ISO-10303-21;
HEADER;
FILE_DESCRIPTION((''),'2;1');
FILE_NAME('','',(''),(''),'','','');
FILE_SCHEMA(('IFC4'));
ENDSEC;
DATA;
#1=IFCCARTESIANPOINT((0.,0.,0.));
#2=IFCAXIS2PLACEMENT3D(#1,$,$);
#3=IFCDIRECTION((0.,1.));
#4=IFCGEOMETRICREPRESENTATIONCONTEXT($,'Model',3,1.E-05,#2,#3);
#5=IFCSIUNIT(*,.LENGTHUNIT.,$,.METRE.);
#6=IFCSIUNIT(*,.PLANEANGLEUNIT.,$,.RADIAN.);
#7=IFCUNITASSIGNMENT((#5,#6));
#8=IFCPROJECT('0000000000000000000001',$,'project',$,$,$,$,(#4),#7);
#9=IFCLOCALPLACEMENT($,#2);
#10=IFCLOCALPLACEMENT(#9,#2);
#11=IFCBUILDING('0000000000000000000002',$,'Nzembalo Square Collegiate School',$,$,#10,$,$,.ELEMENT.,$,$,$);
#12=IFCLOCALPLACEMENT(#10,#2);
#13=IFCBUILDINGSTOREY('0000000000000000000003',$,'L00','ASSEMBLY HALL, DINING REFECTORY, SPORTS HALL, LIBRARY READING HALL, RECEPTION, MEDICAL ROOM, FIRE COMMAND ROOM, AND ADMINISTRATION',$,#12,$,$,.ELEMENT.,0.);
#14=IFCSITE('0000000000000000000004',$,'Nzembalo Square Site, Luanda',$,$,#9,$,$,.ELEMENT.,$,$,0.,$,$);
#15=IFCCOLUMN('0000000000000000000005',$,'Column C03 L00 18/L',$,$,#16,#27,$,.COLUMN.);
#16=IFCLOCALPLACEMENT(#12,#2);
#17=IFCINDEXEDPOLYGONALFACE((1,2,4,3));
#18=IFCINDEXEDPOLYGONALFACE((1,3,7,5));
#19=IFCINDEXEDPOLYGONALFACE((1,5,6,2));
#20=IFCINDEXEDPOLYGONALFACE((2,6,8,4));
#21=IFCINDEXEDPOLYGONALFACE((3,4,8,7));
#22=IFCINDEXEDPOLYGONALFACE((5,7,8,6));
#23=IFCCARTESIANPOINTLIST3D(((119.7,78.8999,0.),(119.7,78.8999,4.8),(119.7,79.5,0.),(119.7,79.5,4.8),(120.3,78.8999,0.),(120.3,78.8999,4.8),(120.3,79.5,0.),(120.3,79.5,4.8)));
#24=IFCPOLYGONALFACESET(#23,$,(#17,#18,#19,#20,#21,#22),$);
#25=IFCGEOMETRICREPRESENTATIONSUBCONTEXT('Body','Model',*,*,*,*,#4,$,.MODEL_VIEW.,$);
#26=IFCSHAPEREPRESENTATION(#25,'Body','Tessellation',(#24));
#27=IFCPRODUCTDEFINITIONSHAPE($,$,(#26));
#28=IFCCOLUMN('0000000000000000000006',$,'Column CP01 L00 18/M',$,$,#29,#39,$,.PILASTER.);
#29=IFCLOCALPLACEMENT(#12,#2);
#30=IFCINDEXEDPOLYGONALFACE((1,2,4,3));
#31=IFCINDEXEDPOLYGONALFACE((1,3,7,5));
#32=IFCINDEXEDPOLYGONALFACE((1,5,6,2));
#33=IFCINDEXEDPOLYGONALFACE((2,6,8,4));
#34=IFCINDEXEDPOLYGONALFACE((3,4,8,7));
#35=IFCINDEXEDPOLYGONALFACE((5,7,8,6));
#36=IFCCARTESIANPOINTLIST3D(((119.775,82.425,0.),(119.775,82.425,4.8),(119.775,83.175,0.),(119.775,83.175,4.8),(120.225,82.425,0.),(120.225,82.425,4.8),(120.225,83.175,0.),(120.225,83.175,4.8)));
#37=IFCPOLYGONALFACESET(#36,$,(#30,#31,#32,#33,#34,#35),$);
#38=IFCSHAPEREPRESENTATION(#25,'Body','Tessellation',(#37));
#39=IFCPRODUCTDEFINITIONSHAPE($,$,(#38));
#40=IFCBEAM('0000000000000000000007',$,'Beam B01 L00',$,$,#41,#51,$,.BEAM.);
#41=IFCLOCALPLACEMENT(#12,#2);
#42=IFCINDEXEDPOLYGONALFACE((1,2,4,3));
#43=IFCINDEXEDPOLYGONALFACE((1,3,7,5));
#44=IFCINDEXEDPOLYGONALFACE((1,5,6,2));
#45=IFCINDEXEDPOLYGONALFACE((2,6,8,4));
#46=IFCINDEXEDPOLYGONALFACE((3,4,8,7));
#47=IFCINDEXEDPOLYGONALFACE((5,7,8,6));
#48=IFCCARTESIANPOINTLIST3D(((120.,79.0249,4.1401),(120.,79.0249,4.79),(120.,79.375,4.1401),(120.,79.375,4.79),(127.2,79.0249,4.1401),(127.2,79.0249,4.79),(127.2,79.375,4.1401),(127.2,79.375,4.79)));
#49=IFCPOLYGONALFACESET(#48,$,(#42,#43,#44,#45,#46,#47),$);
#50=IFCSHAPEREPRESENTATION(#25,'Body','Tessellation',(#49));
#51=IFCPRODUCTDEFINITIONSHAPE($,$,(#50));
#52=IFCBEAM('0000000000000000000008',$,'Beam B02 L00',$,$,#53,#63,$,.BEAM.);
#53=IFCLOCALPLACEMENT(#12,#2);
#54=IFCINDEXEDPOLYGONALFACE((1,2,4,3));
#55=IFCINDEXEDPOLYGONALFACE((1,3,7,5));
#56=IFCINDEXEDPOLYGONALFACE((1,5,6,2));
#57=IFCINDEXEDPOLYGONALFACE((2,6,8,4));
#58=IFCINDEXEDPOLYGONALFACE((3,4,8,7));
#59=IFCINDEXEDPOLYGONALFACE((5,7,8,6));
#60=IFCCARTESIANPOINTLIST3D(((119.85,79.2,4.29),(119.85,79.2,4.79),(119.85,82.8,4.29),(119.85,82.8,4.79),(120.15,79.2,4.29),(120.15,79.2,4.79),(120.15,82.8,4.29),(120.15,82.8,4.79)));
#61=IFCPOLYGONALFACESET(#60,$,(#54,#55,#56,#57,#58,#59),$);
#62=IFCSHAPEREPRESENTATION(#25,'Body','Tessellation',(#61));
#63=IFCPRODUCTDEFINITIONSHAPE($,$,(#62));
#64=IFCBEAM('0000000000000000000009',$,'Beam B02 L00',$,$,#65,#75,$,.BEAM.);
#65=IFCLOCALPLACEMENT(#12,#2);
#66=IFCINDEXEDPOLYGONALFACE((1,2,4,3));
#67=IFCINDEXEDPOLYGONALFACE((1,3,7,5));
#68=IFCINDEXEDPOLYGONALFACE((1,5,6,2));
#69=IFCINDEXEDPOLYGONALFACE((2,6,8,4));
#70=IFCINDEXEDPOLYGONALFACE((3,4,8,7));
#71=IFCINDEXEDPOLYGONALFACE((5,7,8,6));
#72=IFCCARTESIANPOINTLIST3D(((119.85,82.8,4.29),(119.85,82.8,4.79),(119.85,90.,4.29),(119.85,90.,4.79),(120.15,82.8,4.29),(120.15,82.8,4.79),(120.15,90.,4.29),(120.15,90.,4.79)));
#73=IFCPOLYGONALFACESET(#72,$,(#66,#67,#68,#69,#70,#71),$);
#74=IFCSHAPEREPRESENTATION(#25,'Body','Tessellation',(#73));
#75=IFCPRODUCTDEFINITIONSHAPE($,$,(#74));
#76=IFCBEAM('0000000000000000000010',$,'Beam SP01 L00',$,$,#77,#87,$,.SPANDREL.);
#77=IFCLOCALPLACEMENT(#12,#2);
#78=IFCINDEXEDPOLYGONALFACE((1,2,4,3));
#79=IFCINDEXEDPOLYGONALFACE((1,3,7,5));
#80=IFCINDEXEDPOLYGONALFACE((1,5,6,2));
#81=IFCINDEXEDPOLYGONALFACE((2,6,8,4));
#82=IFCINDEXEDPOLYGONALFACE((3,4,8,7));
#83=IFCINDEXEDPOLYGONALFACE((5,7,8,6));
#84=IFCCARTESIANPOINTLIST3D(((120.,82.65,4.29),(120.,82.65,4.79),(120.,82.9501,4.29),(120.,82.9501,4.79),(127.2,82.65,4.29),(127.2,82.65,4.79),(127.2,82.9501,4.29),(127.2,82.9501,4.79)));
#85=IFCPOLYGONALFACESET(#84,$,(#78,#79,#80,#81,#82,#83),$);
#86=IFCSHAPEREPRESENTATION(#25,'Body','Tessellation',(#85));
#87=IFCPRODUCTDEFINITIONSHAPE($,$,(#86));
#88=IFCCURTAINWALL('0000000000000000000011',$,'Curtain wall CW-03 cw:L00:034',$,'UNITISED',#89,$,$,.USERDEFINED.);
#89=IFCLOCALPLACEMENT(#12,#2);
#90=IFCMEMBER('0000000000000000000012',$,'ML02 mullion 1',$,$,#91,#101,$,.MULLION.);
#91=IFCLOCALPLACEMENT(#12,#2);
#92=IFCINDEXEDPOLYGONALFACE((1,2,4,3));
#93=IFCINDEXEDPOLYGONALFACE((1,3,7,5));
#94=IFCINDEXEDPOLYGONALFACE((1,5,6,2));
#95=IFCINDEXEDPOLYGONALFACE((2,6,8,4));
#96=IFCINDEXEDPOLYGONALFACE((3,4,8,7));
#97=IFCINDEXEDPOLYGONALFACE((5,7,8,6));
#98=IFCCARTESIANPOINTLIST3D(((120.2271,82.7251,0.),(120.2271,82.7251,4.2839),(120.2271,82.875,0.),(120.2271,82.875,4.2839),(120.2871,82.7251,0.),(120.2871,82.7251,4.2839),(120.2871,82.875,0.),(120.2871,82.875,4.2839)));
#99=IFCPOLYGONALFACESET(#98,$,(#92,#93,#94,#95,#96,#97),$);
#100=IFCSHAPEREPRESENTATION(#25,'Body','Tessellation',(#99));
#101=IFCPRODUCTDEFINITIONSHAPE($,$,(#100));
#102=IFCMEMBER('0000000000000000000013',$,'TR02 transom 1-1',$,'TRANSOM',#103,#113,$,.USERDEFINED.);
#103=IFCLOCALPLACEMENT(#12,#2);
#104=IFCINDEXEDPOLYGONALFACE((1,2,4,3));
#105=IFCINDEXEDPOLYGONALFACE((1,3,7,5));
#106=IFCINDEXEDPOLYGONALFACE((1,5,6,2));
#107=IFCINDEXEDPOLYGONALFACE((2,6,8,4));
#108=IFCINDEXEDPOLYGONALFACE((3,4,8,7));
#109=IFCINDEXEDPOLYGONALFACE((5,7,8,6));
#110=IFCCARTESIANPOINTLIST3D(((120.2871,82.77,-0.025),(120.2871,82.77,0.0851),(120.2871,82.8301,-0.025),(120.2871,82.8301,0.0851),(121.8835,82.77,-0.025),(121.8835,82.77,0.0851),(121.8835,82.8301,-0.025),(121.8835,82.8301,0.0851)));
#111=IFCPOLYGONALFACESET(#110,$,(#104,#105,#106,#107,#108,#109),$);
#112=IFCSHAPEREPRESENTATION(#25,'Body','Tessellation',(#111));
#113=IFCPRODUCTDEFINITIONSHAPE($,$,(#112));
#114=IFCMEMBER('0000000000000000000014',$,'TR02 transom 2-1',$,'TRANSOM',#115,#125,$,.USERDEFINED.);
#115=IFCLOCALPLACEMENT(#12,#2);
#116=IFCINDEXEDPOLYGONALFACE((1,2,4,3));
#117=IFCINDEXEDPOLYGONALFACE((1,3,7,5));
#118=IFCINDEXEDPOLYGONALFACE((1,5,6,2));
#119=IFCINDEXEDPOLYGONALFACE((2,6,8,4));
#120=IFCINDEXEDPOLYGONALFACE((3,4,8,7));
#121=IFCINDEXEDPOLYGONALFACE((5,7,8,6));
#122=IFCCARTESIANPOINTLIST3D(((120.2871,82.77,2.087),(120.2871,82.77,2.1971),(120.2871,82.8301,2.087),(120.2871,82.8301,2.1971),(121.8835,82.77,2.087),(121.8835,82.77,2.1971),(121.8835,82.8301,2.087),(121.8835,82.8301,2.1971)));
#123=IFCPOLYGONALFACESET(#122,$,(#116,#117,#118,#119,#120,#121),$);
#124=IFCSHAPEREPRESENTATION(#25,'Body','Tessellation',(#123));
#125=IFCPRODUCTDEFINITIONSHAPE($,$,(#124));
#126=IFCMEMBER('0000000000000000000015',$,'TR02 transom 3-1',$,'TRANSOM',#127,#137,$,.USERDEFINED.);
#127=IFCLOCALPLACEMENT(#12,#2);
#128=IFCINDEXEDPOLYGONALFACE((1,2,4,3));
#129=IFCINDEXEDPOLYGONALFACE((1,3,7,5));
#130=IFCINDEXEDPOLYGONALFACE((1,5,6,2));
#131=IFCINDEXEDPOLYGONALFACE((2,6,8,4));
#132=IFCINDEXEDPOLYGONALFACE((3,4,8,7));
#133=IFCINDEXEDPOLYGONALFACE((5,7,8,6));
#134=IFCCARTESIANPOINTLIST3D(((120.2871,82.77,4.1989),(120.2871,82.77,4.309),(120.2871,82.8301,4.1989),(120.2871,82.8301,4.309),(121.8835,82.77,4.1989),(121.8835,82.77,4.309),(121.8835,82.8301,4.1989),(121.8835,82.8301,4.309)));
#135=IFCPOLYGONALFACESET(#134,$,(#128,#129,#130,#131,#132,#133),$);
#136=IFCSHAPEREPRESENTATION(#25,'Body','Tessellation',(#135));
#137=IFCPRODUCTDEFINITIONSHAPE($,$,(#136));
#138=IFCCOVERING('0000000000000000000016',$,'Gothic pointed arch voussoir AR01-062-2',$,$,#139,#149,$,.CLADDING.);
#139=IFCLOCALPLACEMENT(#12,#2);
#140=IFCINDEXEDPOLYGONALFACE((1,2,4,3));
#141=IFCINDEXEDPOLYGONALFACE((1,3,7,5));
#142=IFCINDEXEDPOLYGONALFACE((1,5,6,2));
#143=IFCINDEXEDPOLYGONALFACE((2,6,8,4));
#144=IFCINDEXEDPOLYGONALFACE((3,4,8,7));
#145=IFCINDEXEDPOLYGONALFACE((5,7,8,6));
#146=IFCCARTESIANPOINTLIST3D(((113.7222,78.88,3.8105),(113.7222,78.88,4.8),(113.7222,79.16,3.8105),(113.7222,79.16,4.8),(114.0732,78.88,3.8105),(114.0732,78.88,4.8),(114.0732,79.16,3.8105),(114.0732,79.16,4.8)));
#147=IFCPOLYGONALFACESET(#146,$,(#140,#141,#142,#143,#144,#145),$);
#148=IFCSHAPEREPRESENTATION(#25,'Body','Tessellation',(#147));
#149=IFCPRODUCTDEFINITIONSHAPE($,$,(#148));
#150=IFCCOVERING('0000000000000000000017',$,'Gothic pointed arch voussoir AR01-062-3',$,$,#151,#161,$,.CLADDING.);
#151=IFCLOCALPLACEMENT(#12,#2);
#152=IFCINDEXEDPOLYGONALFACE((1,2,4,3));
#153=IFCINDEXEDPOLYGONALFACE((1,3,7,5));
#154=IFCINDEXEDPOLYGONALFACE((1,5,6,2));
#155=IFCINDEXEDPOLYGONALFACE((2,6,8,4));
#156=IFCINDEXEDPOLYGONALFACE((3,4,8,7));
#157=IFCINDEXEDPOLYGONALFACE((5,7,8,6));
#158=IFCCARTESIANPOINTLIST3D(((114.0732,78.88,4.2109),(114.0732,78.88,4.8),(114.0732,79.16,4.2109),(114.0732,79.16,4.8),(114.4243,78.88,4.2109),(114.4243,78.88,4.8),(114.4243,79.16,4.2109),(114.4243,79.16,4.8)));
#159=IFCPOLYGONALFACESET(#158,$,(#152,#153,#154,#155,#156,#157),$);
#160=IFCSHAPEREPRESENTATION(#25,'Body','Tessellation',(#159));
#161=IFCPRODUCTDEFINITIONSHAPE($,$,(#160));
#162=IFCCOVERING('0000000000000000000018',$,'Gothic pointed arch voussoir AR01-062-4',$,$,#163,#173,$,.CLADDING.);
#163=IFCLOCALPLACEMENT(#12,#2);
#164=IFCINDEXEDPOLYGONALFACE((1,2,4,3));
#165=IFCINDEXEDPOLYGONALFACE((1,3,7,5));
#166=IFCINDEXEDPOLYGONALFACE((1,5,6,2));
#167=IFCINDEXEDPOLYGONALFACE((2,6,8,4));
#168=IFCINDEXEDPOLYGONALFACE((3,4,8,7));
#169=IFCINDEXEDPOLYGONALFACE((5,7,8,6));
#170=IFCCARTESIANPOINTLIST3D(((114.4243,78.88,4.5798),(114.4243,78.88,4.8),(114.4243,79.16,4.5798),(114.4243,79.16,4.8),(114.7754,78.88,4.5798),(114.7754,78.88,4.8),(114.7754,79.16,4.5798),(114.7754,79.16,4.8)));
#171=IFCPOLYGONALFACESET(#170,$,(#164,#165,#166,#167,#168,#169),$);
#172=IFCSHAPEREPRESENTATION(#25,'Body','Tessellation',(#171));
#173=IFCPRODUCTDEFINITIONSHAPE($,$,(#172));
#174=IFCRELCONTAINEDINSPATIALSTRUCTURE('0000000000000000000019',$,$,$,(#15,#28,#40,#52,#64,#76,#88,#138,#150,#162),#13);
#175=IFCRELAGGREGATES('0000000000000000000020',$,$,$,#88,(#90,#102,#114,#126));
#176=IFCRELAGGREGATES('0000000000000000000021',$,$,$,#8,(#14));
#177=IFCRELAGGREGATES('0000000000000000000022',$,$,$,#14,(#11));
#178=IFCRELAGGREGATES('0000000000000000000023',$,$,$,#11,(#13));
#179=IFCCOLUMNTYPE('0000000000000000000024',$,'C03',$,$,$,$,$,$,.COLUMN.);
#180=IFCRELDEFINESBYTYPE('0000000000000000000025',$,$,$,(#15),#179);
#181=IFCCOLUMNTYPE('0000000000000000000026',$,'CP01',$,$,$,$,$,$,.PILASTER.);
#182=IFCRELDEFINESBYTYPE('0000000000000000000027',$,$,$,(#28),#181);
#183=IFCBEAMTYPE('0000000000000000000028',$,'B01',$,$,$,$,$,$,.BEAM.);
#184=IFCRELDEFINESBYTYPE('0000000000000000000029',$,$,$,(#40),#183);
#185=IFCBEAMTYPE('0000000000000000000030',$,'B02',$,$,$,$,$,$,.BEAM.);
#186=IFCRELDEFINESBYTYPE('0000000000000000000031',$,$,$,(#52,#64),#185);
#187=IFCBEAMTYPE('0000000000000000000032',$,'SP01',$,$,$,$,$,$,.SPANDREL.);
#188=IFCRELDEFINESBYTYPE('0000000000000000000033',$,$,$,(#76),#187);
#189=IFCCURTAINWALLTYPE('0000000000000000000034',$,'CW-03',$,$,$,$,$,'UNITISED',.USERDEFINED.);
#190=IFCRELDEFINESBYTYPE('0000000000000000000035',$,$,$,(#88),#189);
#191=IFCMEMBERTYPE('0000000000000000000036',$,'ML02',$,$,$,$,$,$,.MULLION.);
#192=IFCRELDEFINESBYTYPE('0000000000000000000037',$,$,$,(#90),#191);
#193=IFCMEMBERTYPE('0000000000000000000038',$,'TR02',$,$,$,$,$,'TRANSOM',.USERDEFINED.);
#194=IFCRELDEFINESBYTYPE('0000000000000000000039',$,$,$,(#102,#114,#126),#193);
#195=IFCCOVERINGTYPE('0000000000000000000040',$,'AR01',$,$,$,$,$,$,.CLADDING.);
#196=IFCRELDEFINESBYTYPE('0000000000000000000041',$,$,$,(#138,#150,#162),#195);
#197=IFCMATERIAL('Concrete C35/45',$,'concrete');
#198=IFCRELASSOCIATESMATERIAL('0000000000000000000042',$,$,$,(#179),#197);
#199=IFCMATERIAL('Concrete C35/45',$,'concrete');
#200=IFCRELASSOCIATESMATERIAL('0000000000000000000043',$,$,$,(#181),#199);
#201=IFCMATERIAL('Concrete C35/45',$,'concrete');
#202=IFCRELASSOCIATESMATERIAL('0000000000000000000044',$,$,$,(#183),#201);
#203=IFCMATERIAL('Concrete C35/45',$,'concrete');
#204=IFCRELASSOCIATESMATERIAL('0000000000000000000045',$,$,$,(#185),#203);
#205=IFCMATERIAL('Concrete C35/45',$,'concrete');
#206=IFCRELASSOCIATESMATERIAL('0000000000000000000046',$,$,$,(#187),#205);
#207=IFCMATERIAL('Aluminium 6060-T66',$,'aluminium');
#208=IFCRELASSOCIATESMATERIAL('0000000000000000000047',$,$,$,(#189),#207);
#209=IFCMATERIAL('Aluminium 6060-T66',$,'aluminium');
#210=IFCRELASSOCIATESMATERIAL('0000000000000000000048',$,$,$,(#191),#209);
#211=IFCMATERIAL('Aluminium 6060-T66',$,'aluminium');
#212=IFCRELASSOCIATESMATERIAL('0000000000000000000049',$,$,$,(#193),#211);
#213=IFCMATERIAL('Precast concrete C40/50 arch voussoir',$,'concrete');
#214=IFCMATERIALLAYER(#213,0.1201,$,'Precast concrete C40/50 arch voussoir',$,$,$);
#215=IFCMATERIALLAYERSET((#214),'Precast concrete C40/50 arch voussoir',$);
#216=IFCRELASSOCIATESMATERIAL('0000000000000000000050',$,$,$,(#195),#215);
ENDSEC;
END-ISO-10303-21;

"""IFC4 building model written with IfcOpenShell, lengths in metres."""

from ifc_helpers import new_model, si_unit, direction, frame, origin, origin_2d, place, context, subcontext, project, spatial, rectangle, extrude, material, layer, layer_set, material_profile, profile_set, type_object, element, aggregate, save


model = new_model("IFC4")

# Units and contexts
model_context = context("Model", 3, precision=1e-05, world=origin(), true_north=direction((0.0, 1.0)))
body_context = subcontext(model_context, "Body", "Model", "MODEL_VIEW")
ifc_project = project(units=[si_unit("LENGTHUNIT", "METRE"), si_unit("PLANEANGLEUNIT", "RADIAN")], contexts=[model_context])

# Site, building, storey
site_placement = place(None, origin())
site = spatial("IfcSite", under=ifc_project, at=site_placement, Name="Nzembalo Square Site, Luanda", CompositionType="ELEMENT", RefElevation=0.0)
building_placement = place(site_placement, origin())
building = spatial("IfcBuilding", under=site, at=building_placement, Name="Nzembalo Square Collegiate School", CompositionType="ELEMENT")
storey_placement = place(building_placement, origin())
storey = spatial("IfcBuildingStorey", under=building, at=storey_placement, Name="L00", Description="ASSEMBLY HALL, DINING REFECTORY, SPORTS HALL, LIBRARY READING HALL, RECEPTION, MEDICAL ROOM, FIRE COMMAND ROOM, AND ADMINISTRATION", CompositionType="ELEMENT", Elevation=0.0)

# Columns
ifc_material_1 = material(Name="Concrete C35/45", Category="concrete")
ifc_material_profile_1 = material_profile(ifc_material_1, rectangle(XDim=0.6001, YDim=0.6001, at=origin_2d()), Name="RC 600x600")
ifc_profile_set_1 = profile_set([ifc_material_profile_1], Name="Concrete C35/45")
column_type_1 = type_object("IfcColumnType", Name="C03", PredefinedType="COLUMN", material=ifc_profile_set_1)
column_1_placement = place(storey_placement, frame((120.0, 79.2, 0.0), z_axis=(0.0, 0.0, 1.0), x_axis=(1.0, 0.0, 0.0)))
element("IfcColumn", 1, at=column_1_placement, inside=storey, type_object=column_type_1, Name="Column C03 L00 18/L", PredefinedType="COLUMN", context=body_context, shape_type="SweptSolid", body=[
    extrude(rectangle(XDim=0.6001, YDim=0.6001, at=origin_2d()), origin(), (0.0, 0.0, 1.0), 4.8),
])
ifc_material_2 = material(Name="Concrete C35/45", Category="concrete")
ifc_material_profile_2 = material_profile(ifc_material_2, rectangle(XDim=0.45, YDim=0.75, at=origin_2d()), Name="RC 450x750")
ifc_profile_set_2 = profile_set([ifc_material_profile_2], Name="Concrete C35/45")
column_type_2 = type_object("IfcColumnType", Name="CP01", PredefinedType="PILASTER", material=ifc_profile_set_2)
column_2_placement = place(storey_placement, frame((120.0, 82.8, 0.0), z_axis=(0.0, 0.0, 1.0), x_axis=(1.0, 0.0, 0.0)))
element("IfcColumn", 2, at=column_2_placement, inside=storey, type_object=column_type_2, Name="Column CP01 L00 18/M", PredefinedType="PILASTER", context=body_context, shape_type="SweptSolid", body=[
    extrude(rectangle(XDim=0.45, YDim=0.75, at=origin_2d()), origin(), (0.0, 0.0, 1.0), 4.8),
])

# Beams
ifc_material_3 = material(Name="Concrete C35/45", Category="concrete")
ifc_material_profile_3 = material_profile(ifc_material_3, rectangle(XDim=0.3501, YDim=0.6499, at=origin_2d()), Name="RC 350x650")
ifc_profile_set_3 = profile_set([ifc_material_profile_3], Name="Concrete C35/45")
beam_type_1 = type_object("IfcBeamType", Name="B01", PredefinedType="BEAM", material=ifc_profile_set_3)
beam_1_placement = place(storey_placement, frame((120.0, 79.2, 4.4651), z_axis=(1.0, 0.0, 0.0), x_axis=(0.0, 1.0, 0.0)))
element("IfcBeam", 3, at=beam_1_placement, inside=storey, type_object=beam_type_1, Name="Beam B01 L00", PredefinedType="BEAM", context=body_context, shape_type="SweptSolid", body=[
    extrude(rectangle(XDim=0.3501, YDim=0.6499, at=origin_2d()), origin(), (0.0, 0.0, 1.0), 7.2),
])
ifc_material_4 = material(Name="Concrete C35/45", Category="concrete")
ifc_material_profile_4 = material_profile(ifc_material_4, rectangle(XDim=0.3, YDim=0.5, at=origin_2d()), Name="RC 300x500")
ifc_profile_set_4 = profile_set([ifc_material_profile_4], Name="Concrete C35/45")
beam_type_2 = type_object("IfcBeamType", Name="B02", PredefinedType="BEAM", material=ifc_profile_set_4)
beam_2_placement = place(storey_placement, frame((120.0, 79.2, 4.54), z_axis=(0.0, 1.0, 0.0), x_axis=(-1.0, 0.0, 0.0)))
element("IfcBeam", 4, at=beam_2_placement, inside=storey, type_object=beam_type_2, Name="Beam B02 L00", PredefinedType="BEAM", context=body_context, shape_type="SweptSolid", body=[
    extrude(rectangle(XDim=0.3, YDim=0.5, at=origin_2d()), origin(), (0.0, 0.0, 1.0), 3.6001),
])
beam_3_placement = place(storey_placement, frame((120.0, 82.8, 4.54), z_axis=(0.0, 1.0, 0.0), x_axis=(-1.0, 0.0, 0.0)))
element("IfcBeam", 5, at=beam_3_placement, inside=storey, type_object=beam_type_2, Name="Beam B02 L00", PredefinedType="BEAM", context=body_context, shape_type="SweptSolid", body=[
    extrude(rectangle(XDim=0.3, YDim=0.5, at=origin_2d()), origin(), (0.0, 0.0, 1.0), 7.2),
])
ifc_material_5 = material(Name="Concrete C35/45", Category="concrete")
ifc_material_profile_5 = material_profile(ifc_material_5, rectangle(XDim=0.3, YDim=0.5, at=origin_2d()), Name="RC 300x500")
ifc_profile_set_5 = profile_set([ifc_material_profile_5], Name="Concrete C35/45")
beam_type_3 = type_object("IfcBeamType", Name="SP01", PredefinedType="SPANDREL", material=ifc_profile_set_5)
beam_4_placement = place(storey_placement, frame((120.0, 82.8, 4.54), z_axis=(1.0, 0.0, 0.0), x_axis=(0.0, 1.0, 0.0)))
element("IfcBeam", 6, at=beam_4_placement, inside=storey, type_object=beam_type_3, Name="Beam SP01 L00", PredefinedType="SPANDREL", context=body_context, shape_type="SweptSolid", body=[
    extrude(rectangle(XDim=0.3, YDim=0.5, at=origin_2d()), origin(), (0.0, 0.0, 1.0), 7.2),
])

# Curtain wall, members
ifc_material_6 = material(Name="Aluminium 6060-T66", Category="aluminium")
curtain_wall_type = type_object("IfcCurtainWallType", Name="CW-03", ElementType="UNITISED", PredefinedType="USERDEFINED", material=ifc_material_6)
curtain_wall_placement = place(storey_placement, origin())
curtain_wall = element("IfcCurtainWall", 7, at=curtain_wall_placement, inside=storey, type_object=curtain_wall_type, Name="Curtain wall CW-03 cw:L00:034", ObjectType="UNITISED", PredefinedType="USERDEFINED")
ifc_material_7 = material(Name="Aluminium 6060-T66", Category="aluminium")
ifc_material_profile_6 = material_profile(ifc_material_7, rectangle(XDim=0.0601, YDim=0.1499, at=origin_2d()), Name="ALU M60x150")
ifc_profile_set_6 = profile_set([ifc_material_profile_6], Name="Aluminium 6060-T66")
member_type_1 = type_object("IfcMemberType", Name="ML02", PredefinedType="MULLION", material=ifc_profile_set_6)
member_1_placement = place(storey_placement, frame((120.2571, 82.8, 0.0), z_axis=(0.0, 0.0, 1.0), x_axis=(1.0, 0.0, 0.0)))
member_1 = element("IfcMember", 8, at=member_1_placement, type_object=member_type_1, Name="ML02 mullion 1", PredefinedType="MULLION", context=body_context, shape_type="SweptSolid", body=[
    extrude(rectangle(XDim=0.0601, YDim=0.1499, at=origin_2d()), origin(), (0.0, 0.0, 1.0), 4.2839),
])
ifc_material_8 = material(Name="Aluminium 6060-T66", Category="aluminium")
ifc_material_profile_7 = material_profile(ifc_material_8, rectangle(XDim=0.0601, YDim=0.1101, at=origin_2d()), Name="ALU T60x110")
ifc_profile_set_7 = profile_set([ifc_material_profile_7], Name="Aluminium 6060-T66")
member_type_2 = type_object("IfcMemberType", Name="TR02", ElementType="TRANSOM", PredefinedType="USERDEFINED", material=ifc_profile_set_7)
member_2_placement = place(storey_placement, frame((120.2871, 82.8, 0.03), z_axis=(1.0, 0.0, 0.0), x_axis=(0.0, 1.0, 0.0)))
member_2 = element("IfcMember", 9, at=member_2_placement, type_object=member_type_2, Name="TR02 transom 1-1", ObjectType="TRANSOM", PredefinedType="USERDEFINED", context=body_context, shape_type="SweptSolid", body=[
    extrude(rectangle(XDim=0.0601, YDim=0.1101, at=origin_2d()), origin(), (0.0, 0.0, 1.0), 1.5964),
])
member_3_placement = place(storey_placement, frame((120.2871, 82.8, 2.1421), z_axis=(1.0, 0.0, 0.0), x_axis=(0.0, 1.0, 0.0)))
member_3 = element("IfcMember", 10, at=member_3_placement, type_object=member_type_2, Name="TR02 transom 2-1", ObjectType="TRANSOM", PredefinedType="USERDEFINED", context=body_context, shape_type="SweptSolid", body=[
    extrude(rectangle(XDim=0.0601, YDim=0.1101, at=origin_2d()), origin(), (0.0, 0.0, 1.0), 1.5964),
])
member_4_placement = place(storey_placement, frame((120.2871, 82.8, 4.2539), z_axis=(1.0, 0.0, 0.0), x_axis=(0.0, 1.0, 0.0)))
member_4 = element("IfcMember", 11, at=member_4_placement, type_object=member_type_2, Name="TR02 transom 3-1", ObjectType="TRANSOM", PredefinedType="USERDEFINED", context=body_context, shape_type="SweptSolid", body=[
    extrude(rectangle(XDim=0.0601, YDim=0.1101, at=origin_2d()), origin(), (0.0, 0.0, 1.0), 1.5964),
])
aggregate(curtain_wall, [member_1, member_2, member_3, member_4])

# Coverings
ifc_material_9 = material(Name="Precast concrete C40/50 arch voussoir", Category="concrete")
ifc_layer = layer(ifc_material_9, 0.1201, Name="Precast concrete C40/50 arch voussoir")
ifc_layer_set = layer_set([ifc_layer], Name="Precast concrete C40/50 arch voussoir")
covering_type = type_object("IfcCoveringType", Name="AR01", PredefinedType="CLADDING", material=ifc_layer_set)
covering_1_placement = place(storey_placement, frame((113.8977, 79.02, 3.8105), z_axis=(0.0, 0.0, 1.0), x_axis=(1.0, 0.0, 0.0)))
element("IfcCovering", 12, at=covering_1_placement, inside=storey, type_object=covering_type, Name="Gothic pointed arch voussoir AR01-062-2", PredefinedType="CLADDING", context=body_context, shape_type="SweptSolid", body=[
    extrude(rectangle(XDim=0.3511, YDim=0.28, at=origin_2d()), origin(), (0.0, 0.0, 1.0), 0.9895),
])
covering_2_placement = place(storey_placement, frame((114.2488, 79.02, 4.2109), z_axis=(0.0, 0.0, 1.0), x_axis=(1.0, 0.0, 0.0)))
element("IfcCovering", 13, at=covering_2_placement, inside=storey, type_object=covering_type, Name="Gothic pointed arch voussoir AR01-062-3", PredefinedType="CLADDING", context=body_context, shape_type="SweptSolid", body=[
    extrude(rectangle(XDim=0.3511, YDim=0.28, at=origin_2d()), origin(), (0.0, 0.0, 1.0), 0.5891),
])
covering_3_placement = place(storey_placement, frame((114.5999, 79.02, 4.5798), z_axis=(0.0, 0.0, 1.0), x_axis=(1.0, 0.0, 0.0)))
element("IfcCovering", 14, at=covering_3_placement, inside=storey, type_object=covering_type, Name="Gothic pointed arch voussoir AR01-062-4", PredefinedType="CLADDING", context=body_context, shape_type="SweptSolid", body=[
    extrude(rectangle(XDim=0.3511, YDim=0.28, at=origin_2d()), origin(), (0.0, 0.0, 1.0), 0.2202),
])

save(model, "model.ifc")
